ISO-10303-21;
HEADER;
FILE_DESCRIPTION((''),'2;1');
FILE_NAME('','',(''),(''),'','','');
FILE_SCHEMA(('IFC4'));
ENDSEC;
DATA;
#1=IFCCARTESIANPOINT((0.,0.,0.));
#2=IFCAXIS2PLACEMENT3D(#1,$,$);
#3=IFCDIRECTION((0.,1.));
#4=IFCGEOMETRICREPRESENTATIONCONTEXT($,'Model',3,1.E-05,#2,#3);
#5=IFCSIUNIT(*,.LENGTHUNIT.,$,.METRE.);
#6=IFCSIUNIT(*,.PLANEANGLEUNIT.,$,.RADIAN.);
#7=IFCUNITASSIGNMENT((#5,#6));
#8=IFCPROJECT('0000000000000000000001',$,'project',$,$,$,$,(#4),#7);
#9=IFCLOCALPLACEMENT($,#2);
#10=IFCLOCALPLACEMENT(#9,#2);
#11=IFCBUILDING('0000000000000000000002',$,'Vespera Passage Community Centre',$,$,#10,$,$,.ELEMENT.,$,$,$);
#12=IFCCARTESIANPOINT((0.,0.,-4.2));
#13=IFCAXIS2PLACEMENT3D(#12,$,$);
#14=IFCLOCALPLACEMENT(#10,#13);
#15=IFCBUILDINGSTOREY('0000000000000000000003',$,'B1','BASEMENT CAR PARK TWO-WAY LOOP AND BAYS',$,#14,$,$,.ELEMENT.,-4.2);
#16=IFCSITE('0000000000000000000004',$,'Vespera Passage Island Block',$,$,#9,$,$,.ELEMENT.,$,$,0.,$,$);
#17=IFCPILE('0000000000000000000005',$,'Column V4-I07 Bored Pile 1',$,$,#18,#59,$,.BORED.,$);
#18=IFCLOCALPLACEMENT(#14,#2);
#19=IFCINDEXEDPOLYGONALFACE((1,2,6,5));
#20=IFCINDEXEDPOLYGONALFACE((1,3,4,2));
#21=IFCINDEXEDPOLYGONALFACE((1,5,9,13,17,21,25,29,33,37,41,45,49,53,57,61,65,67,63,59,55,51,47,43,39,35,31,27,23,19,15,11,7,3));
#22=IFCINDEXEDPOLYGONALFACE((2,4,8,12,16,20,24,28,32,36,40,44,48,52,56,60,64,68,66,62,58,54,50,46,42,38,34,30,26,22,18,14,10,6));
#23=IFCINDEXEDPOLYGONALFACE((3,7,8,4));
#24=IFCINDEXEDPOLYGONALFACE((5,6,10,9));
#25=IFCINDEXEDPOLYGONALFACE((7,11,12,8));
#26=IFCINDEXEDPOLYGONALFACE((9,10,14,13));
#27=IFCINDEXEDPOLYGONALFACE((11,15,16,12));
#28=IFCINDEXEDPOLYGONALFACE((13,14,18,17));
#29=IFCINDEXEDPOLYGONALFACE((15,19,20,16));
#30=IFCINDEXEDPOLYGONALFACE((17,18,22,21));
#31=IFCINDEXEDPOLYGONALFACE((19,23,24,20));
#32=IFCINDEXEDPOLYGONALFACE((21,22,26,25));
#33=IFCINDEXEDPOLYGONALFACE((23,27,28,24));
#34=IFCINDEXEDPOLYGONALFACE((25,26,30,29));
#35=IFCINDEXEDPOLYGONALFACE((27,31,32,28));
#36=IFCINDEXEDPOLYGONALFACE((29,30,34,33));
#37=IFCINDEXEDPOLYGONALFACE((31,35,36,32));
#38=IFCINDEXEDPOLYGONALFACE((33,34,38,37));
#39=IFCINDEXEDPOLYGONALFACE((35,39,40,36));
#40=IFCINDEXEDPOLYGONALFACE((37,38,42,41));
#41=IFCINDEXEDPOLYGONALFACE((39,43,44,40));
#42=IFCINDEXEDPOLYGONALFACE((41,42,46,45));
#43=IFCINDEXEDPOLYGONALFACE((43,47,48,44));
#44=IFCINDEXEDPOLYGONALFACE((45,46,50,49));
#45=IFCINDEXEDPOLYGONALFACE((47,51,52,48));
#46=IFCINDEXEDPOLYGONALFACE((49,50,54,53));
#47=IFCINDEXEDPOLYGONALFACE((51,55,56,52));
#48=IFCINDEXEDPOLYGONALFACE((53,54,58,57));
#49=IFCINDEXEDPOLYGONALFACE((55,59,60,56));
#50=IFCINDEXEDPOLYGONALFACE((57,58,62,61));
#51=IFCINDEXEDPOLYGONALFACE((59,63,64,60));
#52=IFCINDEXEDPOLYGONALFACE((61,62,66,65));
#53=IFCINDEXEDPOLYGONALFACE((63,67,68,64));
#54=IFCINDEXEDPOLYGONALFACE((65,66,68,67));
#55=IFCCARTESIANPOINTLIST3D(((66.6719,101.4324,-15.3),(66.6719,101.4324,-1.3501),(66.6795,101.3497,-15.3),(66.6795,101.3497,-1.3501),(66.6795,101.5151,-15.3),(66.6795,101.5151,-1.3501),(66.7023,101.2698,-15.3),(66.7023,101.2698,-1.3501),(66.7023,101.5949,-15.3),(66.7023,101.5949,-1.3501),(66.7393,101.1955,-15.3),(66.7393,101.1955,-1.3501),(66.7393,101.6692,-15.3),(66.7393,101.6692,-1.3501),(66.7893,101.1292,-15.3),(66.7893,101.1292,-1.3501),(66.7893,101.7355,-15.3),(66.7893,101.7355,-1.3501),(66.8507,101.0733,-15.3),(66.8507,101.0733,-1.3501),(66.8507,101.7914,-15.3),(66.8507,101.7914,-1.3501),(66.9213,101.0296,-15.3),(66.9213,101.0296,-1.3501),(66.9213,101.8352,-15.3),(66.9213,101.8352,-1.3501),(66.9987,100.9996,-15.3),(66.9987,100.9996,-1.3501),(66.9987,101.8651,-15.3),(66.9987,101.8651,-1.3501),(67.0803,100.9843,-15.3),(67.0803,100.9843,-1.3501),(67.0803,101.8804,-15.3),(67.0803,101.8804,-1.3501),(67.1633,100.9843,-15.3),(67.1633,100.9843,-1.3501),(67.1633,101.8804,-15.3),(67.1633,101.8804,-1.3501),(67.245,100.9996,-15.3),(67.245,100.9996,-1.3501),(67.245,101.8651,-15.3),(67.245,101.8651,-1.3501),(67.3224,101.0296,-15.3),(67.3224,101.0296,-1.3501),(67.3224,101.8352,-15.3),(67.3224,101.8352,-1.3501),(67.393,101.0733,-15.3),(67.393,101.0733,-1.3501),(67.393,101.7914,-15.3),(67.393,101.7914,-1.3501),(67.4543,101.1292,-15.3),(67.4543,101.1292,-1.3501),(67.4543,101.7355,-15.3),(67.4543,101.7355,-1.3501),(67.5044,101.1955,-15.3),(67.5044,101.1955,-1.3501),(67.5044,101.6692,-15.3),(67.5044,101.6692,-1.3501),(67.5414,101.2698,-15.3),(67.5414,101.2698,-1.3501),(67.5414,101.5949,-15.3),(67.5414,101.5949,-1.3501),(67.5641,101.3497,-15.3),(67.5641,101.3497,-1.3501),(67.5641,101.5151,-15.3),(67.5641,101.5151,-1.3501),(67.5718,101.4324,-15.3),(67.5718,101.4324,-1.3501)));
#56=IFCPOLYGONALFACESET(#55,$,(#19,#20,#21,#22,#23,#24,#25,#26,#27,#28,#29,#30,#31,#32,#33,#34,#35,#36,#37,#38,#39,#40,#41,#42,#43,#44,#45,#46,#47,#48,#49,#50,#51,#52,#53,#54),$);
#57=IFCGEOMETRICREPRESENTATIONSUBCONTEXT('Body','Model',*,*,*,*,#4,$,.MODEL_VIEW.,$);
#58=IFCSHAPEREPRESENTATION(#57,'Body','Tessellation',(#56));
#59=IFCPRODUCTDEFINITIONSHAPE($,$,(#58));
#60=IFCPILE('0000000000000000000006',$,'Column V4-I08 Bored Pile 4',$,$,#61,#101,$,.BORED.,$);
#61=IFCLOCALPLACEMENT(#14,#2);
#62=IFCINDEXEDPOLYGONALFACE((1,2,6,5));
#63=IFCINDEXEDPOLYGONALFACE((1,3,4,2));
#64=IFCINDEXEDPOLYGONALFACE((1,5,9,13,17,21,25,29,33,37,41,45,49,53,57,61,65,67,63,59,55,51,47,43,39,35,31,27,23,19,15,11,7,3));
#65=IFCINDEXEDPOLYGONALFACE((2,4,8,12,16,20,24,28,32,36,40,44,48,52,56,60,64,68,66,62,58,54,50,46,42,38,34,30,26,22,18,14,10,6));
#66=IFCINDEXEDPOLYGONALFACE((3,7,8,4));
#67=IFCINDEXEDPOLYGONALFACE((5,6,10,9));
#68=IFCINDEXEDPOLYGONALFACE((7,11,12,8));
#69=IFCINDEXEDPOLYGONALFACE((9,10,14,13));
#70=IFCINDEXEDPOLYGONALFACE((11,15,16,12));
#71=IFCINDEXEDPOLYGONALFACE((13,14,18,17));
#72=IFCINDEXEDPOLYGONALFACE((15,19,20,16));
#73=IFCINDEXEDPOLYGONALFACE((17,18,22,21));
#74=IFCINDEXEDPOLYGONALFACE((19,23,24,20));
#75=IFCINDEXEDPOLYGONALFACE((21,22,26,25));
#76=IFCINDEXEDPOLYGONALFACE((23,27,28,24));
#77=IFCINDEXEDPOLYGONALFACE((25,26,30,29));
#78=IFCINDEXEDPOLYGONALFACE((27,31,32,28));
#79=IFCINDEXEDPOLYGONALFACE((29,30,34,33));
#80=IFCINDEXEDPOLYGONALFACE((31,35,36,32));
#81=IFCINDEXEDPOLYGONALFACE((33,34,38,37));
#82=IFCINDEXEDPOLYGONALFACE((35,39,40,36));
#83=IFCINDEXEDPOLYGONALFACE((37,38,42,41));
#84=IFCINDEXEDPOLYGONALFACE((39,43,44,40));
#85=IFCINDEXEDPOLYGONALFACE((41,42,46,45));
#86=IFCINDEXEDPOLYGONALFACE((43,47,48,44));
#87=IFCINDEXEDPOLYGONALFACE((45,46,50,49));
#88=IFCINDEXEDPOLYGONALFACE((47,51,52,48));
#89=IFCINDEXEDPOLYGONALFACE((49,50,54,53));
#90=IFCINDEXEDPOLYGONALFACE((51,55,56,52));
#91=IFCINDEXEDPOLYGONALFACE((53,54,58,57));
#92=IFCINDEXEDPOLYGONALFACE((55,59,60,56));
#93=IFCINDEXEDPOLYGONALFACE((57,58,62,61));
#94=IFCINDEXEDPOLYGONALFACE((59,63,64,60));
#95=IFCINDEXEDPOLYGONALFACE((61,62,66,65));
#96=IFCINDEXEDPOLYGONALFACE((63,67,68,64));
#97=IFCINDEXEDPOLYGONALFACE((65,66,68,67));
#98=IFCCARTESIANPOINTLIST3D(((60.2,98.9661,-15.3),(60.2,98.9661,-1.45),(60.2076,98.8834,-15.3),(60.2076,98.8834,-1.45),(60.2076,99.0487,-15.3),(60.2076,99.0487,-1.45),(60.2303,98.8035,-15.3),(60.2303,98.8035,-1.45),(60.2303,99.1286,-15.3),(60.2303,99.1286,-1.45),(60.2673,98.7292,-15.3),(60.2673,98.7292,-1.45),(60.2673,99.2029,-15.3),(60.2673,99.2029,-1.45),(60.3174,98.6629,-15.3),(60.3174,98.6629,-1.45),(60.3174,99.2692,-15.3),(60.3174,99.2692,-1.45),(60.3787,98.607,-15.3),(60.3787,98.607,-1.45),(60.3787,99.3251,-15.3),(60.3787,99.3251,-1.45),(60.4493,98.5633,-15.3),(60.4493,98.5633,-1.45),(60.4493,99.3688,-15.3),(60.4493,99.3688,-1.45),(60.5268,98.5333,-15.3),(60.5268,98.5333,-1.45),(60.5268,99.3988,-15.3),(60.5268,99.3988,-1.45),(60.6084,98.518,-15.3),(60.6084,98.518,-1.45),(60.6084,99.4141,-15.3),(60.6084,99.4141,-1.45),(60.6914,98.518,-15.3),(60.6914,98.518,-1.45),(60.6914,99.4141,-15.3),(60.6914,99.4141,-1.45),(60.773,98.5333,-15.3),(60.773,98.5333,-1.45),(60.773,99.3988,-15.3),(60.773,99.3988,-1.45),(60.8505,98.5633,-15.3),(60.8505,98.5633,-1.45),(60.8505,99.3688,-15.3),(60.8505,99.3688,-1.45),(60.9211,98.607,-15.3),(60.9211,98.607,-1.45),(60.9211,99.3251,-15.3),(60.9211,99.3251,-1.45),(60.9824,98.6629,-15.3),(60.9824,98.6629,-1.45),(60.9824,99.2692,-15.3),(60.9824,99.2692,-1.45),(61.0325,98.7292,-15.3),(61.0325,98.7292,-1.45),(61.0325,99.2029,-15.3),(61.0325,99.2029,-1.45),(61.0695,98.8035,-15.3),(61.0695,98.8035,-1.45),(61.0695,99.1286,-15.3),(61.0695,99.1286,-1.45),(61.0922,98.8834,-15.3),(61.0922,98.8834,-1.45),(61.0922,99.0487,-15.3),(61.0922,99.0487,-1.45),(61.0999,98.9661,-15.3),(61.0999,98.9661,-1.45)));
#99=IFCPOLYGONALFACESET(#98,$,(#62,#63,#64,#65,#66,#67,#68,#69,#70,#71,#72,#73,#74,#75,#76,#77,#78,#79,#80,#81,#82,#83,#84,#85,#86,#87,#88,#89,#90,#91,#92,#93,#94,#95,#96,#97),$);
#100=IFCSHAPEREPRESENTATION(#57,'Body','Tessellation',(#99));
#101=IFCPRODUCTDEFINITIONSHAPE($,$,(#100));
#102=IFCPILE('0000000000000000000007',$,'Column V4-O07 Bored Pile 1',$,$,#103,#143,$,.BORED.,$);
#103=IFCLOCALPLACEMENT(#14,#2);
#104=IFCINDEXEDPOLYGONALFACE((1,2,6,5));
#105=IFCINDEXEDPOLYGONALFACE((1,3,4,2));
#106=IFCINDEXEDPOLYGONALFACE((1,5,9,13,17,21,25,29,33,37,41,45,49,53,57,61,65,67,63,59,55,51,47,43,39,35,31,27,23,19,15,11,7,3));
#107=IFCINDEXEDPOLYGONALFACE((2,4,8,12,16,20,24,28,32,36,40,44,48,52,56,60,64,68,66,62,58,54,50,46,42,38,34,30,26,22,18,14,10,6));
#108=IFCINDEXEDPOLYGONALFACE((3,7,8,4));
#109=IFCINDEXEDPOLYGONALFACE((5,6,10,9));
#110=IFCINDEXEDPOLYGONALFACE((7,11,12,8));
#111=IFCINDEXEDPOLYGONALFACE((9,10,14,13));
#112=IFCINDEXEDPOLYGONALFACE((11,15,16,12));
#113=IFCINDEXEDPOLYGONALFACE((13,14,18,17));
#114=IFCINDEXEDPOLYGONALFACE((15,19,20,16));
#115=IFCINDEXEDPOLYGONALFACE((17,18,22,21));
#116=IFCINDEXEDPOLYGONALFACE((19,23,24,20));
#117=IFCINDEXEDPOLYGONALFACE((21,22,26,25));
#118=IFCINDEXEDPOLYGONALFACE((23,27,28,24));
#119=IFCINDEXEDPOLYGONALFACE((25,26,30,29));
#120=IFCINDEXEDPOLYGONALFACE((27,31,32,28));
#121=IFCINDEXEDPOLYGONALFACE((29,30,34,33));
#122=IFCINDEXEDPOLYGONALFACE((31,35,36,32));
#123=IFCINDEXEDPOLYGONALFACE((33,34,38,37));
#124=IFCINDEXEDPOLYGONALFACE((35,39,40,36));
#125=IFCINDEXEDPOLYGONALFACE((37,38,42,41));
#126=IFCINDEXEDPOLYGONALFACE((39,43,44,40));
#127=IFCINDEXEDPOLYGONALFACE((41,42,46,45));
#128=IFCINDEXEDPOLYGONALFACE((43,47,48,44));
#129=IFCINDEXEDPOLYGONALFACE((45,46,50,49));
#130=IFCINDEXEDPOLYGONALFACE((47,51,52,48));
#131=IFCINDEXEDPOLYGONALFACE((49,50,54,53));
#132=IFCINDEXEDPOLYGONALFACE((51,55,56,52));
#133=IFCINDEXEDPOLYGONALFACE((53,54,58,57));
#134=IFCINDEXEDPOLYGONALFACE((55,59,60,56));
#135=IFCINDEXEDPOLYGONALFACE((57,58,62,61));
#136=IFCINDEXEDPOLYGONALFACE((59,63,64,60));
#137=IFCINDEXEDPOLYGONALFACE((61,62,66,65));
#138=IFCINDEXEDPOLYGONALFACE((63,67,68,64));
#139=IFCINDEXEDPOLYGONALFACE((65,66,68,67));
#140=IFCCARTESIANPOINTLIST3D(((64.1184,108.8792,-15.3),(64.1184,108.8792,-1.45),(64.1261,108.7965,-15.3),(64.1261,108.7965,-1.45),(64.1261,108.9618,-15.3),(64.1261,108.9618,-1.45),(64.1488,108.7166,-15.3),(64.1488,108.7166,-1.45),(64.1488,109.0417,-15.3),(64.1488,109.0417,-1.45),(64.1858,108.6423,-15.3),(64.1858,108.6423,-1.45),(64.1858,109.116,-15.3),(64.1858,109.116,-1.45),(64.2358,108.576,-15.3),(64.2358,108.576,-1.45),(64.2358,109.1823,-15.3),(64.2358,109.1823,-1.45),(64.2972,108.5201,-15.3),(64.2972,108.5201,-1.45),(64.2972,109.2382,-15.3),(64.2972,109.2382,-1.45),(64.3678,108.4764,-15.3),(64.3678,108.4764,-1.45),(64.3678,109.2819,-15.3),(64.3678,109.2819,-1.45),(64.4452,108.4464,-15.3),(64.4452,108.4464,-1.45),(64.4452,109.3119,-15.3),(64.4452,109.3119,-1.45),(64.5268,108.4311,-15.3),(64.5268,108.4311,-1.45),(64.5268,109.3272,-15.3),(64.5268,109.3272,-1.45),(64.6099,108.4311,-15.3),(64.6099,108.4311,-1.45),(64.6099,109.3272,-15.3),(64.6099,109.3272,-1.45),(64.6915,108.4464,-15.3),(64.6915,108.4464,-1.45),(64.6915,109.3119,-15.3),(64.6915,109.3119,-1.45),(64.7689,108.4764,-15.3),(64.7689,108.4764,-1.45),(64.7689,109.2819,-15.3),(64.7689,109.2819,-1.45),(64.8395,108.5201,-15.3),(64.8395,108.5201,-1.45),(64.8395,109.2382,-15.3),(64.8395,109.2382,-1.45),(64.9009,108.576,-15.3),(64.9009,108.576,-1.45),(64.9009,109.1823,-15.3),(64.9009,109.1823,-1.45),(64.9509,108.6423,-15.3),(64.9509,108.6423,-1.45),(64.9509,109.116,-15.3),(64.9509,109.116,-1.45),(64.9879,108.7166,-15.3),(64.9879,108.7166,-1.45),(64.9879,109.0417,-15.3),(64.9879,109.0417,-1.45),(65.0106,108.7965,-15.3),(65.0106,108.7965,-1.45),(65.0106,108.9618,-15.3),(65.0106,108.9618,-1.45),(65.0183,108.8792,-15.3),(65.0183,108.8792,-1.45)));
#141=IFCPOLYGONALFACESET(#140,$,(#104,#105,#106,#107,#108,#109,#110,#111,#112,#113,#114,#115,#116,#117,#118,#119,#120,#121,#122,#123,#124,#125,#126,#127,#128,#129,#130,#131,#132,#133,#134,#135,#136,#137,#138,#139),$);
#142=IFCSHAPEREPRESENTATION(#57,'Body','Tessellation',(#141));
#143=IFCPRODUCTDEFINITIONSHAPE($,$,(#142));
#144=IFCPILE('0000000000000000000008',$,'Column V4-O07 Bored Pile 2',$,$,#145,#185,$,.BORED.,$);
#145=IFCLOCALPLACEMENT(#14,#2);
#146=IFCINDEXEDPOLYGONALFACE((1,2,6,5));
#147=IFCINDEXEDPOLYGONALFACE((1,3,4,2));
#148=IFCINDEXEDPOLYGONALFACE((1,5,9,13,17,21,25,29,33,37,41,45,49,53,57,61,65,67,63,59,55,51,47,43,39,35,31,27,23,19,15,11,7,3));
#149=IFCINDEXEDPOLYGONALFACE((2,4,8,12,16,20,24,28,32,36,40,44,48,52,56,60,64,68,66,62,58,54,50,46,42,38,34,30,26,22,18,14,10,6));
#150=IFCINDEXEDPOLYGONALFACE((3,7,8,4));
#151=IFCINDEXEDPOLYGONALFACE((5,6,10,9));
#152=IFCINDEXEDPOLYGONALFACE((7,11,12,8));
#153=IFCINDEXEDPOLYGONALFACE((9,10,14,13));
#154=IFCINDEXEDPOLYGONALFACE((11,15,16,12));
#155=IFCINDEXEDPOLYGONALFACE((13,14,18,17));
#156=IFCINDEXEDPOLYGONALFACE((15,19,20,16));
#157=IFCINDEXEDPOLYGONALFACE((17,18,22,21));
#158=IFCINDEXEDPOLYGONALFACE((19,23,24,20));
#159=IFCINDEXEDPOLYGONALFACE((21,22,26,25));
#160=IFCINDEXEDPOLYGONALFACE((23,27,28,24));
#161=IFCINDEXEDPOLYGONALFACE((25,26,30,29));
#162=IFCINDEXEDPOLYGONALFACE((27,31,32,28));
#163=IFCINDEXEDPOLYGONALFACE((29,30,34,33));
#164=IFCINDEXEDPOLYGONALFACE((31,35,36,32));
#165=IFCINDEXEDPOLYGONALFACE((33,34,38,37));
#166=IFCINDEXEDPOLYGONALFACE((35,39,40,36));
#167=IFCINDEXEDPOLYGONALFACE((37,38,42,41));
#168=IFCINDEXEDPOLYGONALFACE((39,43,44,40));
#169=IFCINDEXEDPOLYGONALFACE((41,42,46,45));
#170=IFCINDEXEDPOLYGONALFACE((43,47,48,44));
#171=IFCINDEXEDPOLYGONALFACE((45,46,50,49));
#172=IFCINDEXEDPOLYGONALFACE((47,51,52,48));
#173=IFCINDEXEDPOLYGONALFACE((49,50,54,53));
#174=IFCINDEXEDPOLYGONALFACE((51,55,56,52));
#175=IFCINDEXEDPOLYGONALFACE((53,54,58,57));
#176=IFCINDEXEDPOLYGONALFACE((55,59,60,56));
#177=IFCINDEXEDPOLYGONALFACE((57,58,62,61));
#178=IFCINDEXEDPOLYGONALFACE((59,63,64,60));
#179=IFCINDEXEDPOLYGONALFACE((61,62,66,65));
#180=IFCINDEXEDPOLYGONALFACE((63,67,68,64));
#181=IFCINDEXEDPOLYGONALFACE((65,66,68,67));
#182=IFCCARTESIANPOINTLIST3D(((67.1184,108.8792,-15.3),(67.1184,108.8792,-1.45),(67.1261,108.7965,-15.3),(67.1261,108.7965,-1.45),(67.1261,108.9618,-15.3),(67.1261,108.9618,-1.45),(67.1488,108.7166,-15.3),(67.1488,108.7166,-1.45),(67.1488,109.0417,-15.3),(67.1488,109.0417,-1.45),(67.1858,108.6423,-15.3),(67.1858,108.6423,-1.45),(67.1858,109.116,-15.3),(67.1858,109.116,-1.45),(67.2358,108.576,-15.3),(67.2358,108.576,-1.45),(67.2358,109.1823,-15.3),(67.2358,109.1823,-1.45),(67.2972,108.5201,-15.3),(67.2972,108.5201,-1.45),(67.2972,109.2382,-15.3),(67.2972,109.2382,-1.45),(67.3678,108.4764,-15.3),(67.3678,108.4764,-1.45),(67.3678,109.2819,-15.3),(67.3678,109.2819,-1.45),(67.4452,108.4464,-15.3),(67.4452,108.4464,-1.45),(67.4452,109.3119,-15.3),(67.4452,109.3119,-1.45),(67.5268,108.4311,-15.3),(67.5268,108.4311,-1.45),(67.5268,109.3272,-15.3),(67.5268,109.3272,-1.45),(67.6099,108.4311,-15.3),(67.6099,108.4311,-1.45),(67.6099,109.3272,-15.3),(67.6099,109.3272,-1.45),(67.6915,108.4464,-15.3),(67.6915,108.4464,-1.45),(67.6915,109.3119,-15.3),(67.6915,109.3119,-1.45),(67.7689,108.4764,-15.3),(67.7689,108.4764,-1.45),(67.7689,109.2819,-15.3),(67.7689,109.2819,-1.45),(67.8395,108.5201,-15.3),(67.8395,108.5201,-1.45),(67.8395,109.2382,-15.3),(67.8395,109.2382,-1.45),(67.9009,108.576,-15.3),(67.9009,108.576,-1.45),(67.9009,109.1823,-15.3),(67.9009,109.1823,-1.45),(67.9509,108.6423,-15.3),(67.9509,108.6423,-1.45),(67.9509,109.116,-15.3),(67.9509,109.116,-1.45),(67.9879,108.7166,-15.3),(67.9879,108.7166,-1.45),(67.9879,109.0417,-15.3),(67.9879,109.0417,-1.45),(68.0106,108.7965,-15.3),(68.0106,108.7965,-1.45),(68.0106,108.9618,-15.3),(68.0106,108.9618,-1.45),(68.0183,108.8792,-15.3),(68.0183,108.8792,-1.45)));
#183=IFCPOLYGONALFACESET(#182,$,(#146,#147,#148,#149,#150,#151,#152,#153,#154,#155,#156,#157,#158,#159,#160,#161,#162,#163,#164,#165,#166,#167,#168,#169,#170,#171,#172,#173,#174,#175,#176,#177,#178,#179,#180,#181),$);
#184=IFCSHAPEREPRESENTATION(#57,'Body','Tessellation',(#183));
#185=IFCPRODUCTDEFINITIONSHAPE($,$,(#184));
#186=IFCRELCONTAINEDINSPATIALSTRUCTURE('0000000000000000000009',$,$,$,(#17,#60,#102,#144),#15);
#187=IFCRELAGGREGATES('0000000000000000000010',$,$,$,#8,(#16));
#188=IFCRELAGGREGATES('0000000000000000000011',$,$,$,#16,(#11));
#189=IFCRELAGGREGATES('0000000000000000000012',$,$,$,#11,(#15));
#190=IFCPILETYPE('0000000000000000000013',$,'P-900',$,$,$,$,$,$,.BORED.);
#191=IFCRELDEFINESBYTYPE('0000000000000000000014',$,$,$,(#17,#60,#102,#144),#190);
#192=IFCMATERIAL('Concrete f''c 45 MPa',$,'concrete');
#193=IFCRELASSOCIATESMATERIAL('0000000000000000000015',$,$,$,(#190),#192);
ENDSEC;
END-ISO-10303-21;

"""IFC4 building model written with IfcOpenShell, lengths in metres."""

from ifc_helpers import new_model, si_unit, direction, frame, origin, origin_2d, place, context, subcontext, project, spatial, circle, extrude, material, material_profile, profile_set, type_object, element, save


model = new_model("IFC4")

# Units and contexts
model_context = context("Model", 3, precision=1e-05, world=origin(), true_north=direction((0.0, 1.0)))
body_context = subcontext(model_context, "Body", "Model", "MODEL_VIEW")
ifc_project = project(units=[si_unit("LENGTHUNIT", "METRE"), si_unit("PLANEANGLEUNIT", "RADIAN")], contexts=[model_context])

# Site, building, storey
site_placement = place(None, origin())
site = spatial("IfcSite", under=ifc_project, at=site_placement, Name="Vespera Passage Island Block", CompositionType="ELEMENT", RefElevation=0.0)
building_placement = place(site_placement, origin())
building = spatial("IfcBuilding", under=site, at=building_placement, Name="Vespera Passage Community Centre", CompositionType="ELEMENT")
storey_placement = place(building_placement, frame((0.0, 0.0, -4.2)))
storey = spatial("IfcBuildingStorey", under=building, at=storey_placement, Name="B1", Description="BASEMENT CAR PARK TWO-WAY LOOP AND BAYS", CompositionType="ELEMENT", Elevation=-4.2)

# Piles
ifc_material_1 = material(Name="Concrete f'c 45 MPa", Category="concrete")
ifc_material_profile_1 = material_profile(ifc_material_1, circle(Radius=0.45, at=origin_2d()), Name="PILE900DIA")
ifc_profile_set_1 = profile_set([ifc_material_profile_1], Name="Concrete f'c 45 MPa")
pile_type = type_object("IfcPileType", Name="P-900", PredefinedType="BORED", material=ifc_profile_set_1)
pile_placement = place(storey_placement, frame((67.1218, 101.4324, -1.3501), z_axis=(0.0, 0.0, -1.0), x_axis=(1.0, 0.0, 0.0)))
element("IfcPile", 1, at=pile_placement, inside=storey, type_object=pile_type, Name="Column V4-I07 Bored Pile 1", PredefinedType="BORED", context=body_context, shape_type="SweptSolid", body=[
    extrude(circle(Radius=0.45, at=origin_2d()), origin(), (0.0, 0.0, 1.0), 13.95),
])
for number, where, z_axis, x_axis, name in (
    (2, (60.6499, 98.9661, -1.45), (0.0, 0.0, -1.0), (1.0, 0.0, 0.0), "Column V4-I08 Bored Pile 4"),
    (3, (64.5684, 108.8792, -1.45), (0.0, 0.0, -1.0), (1.0, 0.0, 0.0), "Column V4-O07 Bored Pile 1"),
    (4, (67.5684, 108.8792, -1.45), (0.0, 0.0, -1.0), (1.0, 0.0, 0.0), "Column V4-O07 Bored Pile 2"),
):
    element("IfcPile", number, at=place(storey_placement, frame(where, z_axis=z_axis, x_axis=x_axis)), inside=storey, type_object=pile_type, Name=name, PredefinedType="BORED", context=body_context, shape_type="SweptSolid", body=[
        extrude(circle(Radius=0.45, at=origin_2d()), origin(), (0.0, 0.0, 1.0), 13.8501),
    ])

save(model, "model.ifc")
